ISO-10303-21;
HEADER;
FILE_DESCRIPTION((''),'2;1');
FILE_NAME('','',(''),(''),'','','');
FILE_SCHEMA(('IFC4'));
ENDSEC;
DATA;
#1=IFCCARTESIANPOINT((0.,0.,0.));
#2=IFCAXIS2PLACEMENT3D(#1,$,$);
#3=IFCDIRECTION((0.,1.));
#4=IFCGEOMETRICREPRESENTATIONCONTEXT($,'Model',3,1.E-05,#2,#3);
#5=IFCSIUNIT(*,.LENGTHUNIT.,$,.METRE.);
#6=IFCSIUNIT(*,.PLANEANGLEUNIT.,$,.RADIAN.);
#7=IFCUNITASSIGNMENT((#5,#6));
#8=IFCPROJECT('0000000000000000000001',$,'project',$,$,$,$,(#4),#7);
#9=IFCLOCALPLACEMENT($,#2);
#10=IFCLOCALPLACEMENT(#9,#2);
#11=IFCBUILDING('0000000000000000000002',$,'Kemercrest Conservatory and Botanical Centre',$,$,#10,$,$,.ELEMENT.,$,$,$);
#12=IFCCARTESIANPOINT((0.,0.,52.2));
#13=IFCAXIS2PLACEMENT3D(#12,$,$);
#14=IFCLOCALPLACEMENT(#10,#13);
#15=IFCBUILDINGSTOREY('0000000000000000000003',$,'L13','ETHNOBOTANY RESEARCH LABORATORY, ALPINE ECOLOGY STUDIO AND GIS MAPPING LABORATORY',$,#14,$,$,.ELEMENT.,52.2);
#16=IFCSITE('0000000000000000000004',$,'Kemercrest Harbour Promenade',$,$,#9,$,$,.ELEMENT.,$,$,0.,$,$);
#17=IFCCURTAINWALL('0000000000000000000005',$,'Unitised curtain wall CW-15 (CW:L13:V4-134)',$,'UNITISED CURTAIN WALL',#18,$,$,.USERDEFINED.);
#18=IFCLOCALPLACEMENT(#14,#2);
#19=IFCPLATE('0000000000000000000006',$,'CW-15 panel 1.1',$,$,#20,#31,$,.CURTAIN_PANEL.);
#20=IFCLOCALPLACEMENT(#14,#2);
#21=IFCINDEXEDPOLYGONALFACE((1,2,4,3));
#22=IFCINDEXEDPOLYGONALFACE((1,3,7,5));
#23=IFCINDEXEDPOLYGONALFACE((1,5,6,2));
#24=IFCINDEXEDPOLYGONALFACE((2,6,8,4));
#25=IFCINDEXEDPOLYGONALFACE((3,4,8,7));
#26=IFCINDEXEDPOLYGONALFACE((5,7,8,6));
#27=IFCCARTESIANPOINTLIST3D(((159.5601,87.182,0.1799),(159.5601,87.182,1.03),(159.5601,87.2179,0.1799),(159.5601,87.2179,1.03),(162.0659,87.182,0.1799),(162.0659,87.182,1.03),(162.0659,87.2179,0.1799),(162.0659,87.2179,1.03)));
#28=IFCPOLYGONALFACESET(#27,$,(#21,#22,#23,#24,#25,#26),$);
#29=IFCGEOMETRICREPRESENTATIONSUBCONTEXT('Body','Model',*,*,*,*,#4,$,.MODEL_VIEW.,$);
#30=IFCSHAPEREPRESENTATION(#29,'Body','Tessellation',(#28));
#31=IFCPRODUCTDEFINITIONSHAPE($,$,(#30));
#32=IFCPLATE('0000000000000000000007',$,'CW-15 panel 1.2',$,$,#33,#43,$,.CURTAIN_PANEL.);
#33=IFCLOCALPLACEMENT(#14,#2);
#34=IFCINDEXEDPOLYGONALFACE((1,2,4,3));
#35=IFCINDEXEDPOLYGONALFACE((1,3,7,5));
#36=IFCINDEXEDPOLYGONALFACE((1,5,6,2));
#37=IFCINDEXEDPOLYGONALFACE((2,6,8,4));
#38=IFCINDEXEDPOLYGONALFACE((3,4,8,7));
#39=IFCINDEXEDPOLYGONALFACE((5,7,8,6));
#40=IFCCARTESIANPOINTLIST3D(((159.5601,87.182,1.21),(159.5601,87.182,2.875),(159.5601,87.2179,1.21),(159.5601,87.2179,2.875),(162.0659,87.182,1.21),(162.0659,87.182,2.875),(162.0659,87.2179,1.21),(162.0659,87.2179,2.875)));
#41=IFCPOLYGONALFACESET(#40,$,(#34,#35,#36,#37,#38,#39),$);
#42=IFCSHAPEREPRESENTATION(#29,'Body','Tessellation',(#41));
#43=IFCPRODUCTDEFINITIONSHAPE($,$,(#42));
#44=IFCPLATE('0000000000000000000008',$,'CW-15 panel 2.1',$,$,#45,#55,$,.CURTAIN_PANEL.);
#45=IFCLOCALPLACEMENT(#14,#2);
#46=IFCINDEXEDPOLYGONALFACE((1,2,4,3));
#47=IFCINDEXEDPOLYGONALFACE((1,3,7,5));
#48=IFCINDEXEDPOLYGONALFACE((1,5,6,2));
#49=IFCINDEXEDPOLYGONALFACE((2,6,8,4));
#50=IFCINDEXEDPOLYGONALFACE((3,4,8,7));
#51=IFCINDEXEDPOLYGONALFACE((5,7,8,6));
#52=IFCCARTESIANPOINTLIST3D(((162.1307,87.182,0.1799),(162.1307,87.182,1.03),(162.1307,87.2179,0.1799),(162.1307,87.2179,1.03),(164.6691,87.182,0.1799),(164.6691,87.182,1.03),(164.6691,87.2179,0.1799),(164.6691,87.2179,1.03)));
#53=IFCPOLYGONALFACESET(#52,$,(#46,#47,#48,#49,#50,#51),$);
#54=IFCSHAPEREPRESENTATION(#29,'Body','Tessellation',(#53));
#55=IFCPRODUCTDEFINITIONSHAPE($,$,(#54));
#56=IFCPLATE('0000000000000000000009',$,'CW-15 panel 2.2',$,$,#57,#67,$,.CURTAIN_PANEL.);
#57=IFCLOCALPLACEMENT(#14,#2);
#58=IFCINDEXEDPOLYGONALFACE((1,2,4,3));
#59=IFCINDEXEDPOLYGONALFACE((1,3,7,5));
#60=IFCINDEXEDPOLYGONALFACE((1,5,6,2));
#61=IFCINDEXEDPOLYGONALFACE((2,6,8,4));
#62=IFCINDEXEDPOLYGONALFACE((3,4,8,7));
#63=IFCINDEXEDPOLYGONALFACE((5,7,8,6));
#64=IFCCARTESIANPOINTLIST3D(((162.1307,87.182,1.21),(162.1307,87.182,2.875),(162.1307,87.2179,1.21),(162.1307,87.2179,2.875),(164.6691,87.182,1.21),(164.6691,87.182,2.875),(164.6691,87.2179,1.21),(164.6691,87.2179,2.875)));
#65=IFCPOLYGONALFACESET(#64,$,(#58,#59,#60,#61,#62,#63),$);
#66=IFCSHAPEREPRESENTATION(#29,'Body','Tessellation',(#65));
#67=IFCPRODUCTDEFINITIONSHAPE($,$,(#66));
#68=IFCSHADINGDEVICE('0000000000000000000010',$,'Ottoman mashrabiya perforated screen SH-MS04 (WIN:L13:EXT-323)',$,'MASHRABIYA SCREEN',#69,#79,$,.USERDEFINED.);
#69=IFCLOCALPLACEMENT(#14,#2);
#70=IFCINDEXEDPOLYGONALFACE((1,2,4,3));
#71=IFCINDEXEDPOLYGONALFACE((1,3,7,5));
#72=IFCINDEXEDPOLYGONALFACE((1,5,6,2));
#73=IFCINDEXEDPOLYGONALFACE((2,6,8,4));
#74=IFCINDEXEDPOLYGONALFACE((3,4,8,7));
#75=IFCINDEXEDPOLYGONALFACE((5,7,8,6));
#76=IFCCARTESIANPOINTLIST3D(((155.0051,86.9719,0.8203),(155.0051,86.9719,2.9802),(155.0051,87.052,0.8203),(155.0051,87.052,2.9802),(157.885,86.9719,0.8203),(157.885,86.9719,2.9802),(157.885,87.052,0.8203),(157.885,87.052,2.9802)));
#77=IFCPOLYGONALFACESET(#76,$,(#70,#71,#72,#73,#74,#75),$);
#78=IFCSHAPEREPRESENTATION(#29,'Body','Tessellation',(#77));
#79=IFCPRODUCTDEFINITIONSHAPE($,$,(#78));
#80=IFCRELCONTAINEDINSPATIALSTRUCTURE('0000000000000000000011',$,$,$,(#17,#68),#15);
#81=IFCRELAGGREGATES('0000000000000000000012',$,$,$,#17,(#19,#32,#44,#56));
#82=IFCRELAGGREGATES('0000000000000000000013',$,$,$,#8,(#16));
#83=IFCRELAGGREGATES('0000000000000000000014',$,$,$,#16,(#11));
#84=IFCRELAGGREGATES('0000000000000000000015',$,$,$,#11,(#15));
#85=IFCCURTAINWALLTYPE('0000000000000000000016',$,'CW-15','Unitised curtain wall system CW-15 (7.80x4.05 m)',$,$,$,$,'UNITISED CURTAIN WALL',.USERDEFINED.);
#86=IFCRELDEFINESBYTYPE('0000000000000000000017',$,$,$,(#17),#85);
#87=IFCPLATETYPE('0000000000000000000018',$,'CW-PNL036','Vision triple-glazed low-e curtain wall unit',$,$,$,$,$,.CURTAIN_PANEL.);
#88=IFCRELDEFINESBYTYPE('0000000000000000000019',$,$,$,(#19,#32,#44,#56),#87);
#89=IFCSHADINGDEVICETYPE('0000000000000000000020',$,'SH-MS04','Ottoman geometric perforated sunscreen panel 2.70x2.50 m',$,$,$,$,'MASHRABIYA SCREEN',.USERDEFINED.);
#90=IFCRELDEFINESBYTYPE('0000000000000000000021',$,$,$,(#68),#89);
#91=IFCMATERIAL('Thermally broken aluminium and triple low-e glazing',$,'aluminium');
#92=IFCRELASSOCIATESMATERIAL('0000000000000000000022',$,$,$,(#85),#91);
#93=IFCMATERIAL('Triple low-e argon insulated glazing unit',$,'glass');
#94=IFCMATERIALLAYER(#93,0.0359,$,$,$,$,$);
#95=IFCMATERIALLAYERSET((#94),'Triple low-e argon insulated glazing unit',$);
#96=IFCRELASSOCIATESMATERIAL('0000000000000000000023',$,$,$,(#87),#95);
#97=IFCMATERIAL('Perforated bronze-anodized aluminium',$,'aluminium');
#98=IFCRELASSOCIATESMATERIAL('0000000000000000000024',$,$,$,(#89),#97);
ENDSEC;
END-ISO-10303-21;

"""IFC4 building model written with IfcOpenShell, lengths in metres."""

from ifc_helpers import new_model, si_unit, direction, frame, origin, origin_2d, place, context, subcontext, project, spatial, rectangle, extrude, material, layer, layer_set, type_object, element, aggregate, save


model = new_model("IFC4")

# Units and contexts
model_context = context("Model", 3, precision=1e-05, world=origin(), true_north=direction((0.0, 1.0)))
body_context = subcontext(model_context, "Body", "Model", "MODEL_VIEW")
ifc_project = project(units=[si_unit("LENGTHUNIT", "METRE"), si_unit("PLANEANGLEUNIT", "RADIAN")], contexts=[model_context])

# Site, building, storey
site_placement = place(None, origin())
site = spatial("IfcSite", under=ifc_project, at=site_placement, Name="Kemercrest Harbour Promenade", CompositionType="ELEMENT", RefElevation=0.0)
building_placement = place(site_placement, origin())
building = spatial("IfcBuilding", under=site, at=building_placement, Name="Kemercrest Conservatory and Botanical Centre", CompositionType="ELEMENT")
storey_placement = place(building_placement, frame((0.0, 0.0, 52.2)))
storey = spatial("IfcBuildingStorey", under=building, at=storey_placement, Name="L13", Description="ETHNOBOTANY RESEARCH LABORATORY, ALPINE ECOLOGY STUDIO AND GIS MAPPING LABORATORY", CompositionType="ELEMENT", Elevation=52.2)

# Curtain wall
ifc_material_1 = material(Name="Thermally broken aluminium and triple low-e glazing", Category="aluminium")
curtain_wall_type = type_object("IfcCurtainWallType", Name="CW-15", Description="Unitised curtain wall system CW-15 (7.80x4.05 m)", ElementType="UNITISED CURTAIN WALL", PredefinedType="USERDEFINED", material=ifc_material_1)
curtain_wall_placement = place(storey_placement, origin())
curtain_wall = element("IfcCurtainWall", 1, at=curtain_wall_placement, inside=storey, type_object=curtain_wall_type, Name="Unitised curtain wall CW-15 (CW:L13:V4-134)", ObjectType="UNITISED CURTAIN WALL", PredefinedType="USERDEFINED")

# Plates
ifc_material_2 = material(Name="Triple low-e argon insulated glazing unit", Category="glass")
ifc_layer = layer(ifc_material_2, 0.0359)
ifc_layer_set = layer_set([ifc_layer], Name="Triple low-e argon insulated glazing unit")
plate_type = type_object("IfcPlateType", Name="CW-PNL036", Description="Vision triple-glazed low-e curtain wall unit", PredefinedType="CURTAIN_PANEL", material=ifc_layer_set)
plate_1_placement = place(storey_placement, frame((160.813, 87.2, 0.1799), z_axis=(0.0, 0.0, 1.0), x_axis=(1.0, 0.0, 0.0)))
plate_1 = element("IfcPlate", 2, at=plate_1_placement, type_object=plate_type, Name="CW-15 panel 1.1", PredefinedType="CURTAIN_PANEL", context=body_context, shape_type="SweptSolid", body=[
    extrude(rectangle(XDim=2.5059, YDim=0.0359, at=origin_2d()), origin(), (0.0, 0.0, 1.0), 0.8501),
])
plate_2_placement = place(storey_placement, frame((160.813, 87.2, 1.21), z_axis=(0.0, 0.0, 1.0), x_axis=(1.0, 0.0, 0.0)))
plate_2 = element("IfcPlate", 3, at=plate_2_placement, type_object=plate_type, Name="CW-15 panel 1.2", PredefinedType="CURTAIN_PANEL", context=body_context, shape_type="SweptSolid", body=[
    extrude(rectangle(XDim=2.5059, YDim=0.0359, at=origin_2d()), origin(), (0.0, 0.0, 1.0), 1.665),
])
plate_3_placement = place(storey_placement, frame((163.3999, 87.2, 0.1799), z_axis=(0.0, 0.0, 1.0), x_axis=(1.0, 0.0, 0.0)))
plate_3 = element("IfcPlate", 4, at=plate_3_placement, type_object=plate_type, Name="CW-15 panel 2.1", PredefinedType="CURTAIN_PANEL", context=body_context, shape_type="SweptSolid", body=[
    extrude(rectangle(XDim=2.5383, YDim=0.0359, at=origin_2d()), origin(), (0.0, 0.0, 1.0), 0.8501),
])
plate_4_placement = place(storey_placement, frame((163.3999, 87.2, 1.21), z_axis=(0.0, 0.0, 1.0), x_axis=(1.0, 0.0, 0.0)))
plate_4 = element("IfcPlate", 5, at=plate_4_placement, type_object=plate_type, Name="CW-15 panel 2.2", PredefinedType="CURTAIN_PANEL", context=body_context, shape_type="SweptSolid", body=[
    extrude(rectangle(XDim=2.5383, YDim=0.0359, at=origin_2d()), origin(), (0.0, 0.0, 1.0), 1.665),
])
aggregate(curtain_wall, [plate_1, plate_2, plate_3, plate_4])

# Shading device
ifc_material_3 = material(Name="Perforated bronze-anodized aluminium", Category="aluminium")
shading_device_type = type_object("IfcShadingDeviceType", Name="SH-MS04", Description="Ottoman geometric perforated sunscreen panel 2.70x2.50 m", ElementType="MASHRABIYA SCREEN", PredefinedType="USERDEFINED", material=ifc_material_3)
shading_device_placement = place(storey_placement, frame((156.4451, 87.012, 0.8203), z_axis=(0.0, 0.0, 1.0), x_axis=(1.0, 0.0, 0.0)))
element("IfcShadingDevice", 6, at=shading_device_placement, inside=storey, type_object=shading_device_type, Name="Ottoman mashrabiya perforated screen SH-MS04 (WIN:L13:EXT-323)", ObjectType="MASHRABIYA SCREEN", PredefinedType="USERDEFINED", context=body_context, shape_type="SweptSolid", body=[
    extrude(rectangle(XDim=2.8799, YDim=0.0801, at=origin_2d()), origin(), (0.0, 0.0, 1.0), 2.1599),
])

save(model, "model.ifc")
